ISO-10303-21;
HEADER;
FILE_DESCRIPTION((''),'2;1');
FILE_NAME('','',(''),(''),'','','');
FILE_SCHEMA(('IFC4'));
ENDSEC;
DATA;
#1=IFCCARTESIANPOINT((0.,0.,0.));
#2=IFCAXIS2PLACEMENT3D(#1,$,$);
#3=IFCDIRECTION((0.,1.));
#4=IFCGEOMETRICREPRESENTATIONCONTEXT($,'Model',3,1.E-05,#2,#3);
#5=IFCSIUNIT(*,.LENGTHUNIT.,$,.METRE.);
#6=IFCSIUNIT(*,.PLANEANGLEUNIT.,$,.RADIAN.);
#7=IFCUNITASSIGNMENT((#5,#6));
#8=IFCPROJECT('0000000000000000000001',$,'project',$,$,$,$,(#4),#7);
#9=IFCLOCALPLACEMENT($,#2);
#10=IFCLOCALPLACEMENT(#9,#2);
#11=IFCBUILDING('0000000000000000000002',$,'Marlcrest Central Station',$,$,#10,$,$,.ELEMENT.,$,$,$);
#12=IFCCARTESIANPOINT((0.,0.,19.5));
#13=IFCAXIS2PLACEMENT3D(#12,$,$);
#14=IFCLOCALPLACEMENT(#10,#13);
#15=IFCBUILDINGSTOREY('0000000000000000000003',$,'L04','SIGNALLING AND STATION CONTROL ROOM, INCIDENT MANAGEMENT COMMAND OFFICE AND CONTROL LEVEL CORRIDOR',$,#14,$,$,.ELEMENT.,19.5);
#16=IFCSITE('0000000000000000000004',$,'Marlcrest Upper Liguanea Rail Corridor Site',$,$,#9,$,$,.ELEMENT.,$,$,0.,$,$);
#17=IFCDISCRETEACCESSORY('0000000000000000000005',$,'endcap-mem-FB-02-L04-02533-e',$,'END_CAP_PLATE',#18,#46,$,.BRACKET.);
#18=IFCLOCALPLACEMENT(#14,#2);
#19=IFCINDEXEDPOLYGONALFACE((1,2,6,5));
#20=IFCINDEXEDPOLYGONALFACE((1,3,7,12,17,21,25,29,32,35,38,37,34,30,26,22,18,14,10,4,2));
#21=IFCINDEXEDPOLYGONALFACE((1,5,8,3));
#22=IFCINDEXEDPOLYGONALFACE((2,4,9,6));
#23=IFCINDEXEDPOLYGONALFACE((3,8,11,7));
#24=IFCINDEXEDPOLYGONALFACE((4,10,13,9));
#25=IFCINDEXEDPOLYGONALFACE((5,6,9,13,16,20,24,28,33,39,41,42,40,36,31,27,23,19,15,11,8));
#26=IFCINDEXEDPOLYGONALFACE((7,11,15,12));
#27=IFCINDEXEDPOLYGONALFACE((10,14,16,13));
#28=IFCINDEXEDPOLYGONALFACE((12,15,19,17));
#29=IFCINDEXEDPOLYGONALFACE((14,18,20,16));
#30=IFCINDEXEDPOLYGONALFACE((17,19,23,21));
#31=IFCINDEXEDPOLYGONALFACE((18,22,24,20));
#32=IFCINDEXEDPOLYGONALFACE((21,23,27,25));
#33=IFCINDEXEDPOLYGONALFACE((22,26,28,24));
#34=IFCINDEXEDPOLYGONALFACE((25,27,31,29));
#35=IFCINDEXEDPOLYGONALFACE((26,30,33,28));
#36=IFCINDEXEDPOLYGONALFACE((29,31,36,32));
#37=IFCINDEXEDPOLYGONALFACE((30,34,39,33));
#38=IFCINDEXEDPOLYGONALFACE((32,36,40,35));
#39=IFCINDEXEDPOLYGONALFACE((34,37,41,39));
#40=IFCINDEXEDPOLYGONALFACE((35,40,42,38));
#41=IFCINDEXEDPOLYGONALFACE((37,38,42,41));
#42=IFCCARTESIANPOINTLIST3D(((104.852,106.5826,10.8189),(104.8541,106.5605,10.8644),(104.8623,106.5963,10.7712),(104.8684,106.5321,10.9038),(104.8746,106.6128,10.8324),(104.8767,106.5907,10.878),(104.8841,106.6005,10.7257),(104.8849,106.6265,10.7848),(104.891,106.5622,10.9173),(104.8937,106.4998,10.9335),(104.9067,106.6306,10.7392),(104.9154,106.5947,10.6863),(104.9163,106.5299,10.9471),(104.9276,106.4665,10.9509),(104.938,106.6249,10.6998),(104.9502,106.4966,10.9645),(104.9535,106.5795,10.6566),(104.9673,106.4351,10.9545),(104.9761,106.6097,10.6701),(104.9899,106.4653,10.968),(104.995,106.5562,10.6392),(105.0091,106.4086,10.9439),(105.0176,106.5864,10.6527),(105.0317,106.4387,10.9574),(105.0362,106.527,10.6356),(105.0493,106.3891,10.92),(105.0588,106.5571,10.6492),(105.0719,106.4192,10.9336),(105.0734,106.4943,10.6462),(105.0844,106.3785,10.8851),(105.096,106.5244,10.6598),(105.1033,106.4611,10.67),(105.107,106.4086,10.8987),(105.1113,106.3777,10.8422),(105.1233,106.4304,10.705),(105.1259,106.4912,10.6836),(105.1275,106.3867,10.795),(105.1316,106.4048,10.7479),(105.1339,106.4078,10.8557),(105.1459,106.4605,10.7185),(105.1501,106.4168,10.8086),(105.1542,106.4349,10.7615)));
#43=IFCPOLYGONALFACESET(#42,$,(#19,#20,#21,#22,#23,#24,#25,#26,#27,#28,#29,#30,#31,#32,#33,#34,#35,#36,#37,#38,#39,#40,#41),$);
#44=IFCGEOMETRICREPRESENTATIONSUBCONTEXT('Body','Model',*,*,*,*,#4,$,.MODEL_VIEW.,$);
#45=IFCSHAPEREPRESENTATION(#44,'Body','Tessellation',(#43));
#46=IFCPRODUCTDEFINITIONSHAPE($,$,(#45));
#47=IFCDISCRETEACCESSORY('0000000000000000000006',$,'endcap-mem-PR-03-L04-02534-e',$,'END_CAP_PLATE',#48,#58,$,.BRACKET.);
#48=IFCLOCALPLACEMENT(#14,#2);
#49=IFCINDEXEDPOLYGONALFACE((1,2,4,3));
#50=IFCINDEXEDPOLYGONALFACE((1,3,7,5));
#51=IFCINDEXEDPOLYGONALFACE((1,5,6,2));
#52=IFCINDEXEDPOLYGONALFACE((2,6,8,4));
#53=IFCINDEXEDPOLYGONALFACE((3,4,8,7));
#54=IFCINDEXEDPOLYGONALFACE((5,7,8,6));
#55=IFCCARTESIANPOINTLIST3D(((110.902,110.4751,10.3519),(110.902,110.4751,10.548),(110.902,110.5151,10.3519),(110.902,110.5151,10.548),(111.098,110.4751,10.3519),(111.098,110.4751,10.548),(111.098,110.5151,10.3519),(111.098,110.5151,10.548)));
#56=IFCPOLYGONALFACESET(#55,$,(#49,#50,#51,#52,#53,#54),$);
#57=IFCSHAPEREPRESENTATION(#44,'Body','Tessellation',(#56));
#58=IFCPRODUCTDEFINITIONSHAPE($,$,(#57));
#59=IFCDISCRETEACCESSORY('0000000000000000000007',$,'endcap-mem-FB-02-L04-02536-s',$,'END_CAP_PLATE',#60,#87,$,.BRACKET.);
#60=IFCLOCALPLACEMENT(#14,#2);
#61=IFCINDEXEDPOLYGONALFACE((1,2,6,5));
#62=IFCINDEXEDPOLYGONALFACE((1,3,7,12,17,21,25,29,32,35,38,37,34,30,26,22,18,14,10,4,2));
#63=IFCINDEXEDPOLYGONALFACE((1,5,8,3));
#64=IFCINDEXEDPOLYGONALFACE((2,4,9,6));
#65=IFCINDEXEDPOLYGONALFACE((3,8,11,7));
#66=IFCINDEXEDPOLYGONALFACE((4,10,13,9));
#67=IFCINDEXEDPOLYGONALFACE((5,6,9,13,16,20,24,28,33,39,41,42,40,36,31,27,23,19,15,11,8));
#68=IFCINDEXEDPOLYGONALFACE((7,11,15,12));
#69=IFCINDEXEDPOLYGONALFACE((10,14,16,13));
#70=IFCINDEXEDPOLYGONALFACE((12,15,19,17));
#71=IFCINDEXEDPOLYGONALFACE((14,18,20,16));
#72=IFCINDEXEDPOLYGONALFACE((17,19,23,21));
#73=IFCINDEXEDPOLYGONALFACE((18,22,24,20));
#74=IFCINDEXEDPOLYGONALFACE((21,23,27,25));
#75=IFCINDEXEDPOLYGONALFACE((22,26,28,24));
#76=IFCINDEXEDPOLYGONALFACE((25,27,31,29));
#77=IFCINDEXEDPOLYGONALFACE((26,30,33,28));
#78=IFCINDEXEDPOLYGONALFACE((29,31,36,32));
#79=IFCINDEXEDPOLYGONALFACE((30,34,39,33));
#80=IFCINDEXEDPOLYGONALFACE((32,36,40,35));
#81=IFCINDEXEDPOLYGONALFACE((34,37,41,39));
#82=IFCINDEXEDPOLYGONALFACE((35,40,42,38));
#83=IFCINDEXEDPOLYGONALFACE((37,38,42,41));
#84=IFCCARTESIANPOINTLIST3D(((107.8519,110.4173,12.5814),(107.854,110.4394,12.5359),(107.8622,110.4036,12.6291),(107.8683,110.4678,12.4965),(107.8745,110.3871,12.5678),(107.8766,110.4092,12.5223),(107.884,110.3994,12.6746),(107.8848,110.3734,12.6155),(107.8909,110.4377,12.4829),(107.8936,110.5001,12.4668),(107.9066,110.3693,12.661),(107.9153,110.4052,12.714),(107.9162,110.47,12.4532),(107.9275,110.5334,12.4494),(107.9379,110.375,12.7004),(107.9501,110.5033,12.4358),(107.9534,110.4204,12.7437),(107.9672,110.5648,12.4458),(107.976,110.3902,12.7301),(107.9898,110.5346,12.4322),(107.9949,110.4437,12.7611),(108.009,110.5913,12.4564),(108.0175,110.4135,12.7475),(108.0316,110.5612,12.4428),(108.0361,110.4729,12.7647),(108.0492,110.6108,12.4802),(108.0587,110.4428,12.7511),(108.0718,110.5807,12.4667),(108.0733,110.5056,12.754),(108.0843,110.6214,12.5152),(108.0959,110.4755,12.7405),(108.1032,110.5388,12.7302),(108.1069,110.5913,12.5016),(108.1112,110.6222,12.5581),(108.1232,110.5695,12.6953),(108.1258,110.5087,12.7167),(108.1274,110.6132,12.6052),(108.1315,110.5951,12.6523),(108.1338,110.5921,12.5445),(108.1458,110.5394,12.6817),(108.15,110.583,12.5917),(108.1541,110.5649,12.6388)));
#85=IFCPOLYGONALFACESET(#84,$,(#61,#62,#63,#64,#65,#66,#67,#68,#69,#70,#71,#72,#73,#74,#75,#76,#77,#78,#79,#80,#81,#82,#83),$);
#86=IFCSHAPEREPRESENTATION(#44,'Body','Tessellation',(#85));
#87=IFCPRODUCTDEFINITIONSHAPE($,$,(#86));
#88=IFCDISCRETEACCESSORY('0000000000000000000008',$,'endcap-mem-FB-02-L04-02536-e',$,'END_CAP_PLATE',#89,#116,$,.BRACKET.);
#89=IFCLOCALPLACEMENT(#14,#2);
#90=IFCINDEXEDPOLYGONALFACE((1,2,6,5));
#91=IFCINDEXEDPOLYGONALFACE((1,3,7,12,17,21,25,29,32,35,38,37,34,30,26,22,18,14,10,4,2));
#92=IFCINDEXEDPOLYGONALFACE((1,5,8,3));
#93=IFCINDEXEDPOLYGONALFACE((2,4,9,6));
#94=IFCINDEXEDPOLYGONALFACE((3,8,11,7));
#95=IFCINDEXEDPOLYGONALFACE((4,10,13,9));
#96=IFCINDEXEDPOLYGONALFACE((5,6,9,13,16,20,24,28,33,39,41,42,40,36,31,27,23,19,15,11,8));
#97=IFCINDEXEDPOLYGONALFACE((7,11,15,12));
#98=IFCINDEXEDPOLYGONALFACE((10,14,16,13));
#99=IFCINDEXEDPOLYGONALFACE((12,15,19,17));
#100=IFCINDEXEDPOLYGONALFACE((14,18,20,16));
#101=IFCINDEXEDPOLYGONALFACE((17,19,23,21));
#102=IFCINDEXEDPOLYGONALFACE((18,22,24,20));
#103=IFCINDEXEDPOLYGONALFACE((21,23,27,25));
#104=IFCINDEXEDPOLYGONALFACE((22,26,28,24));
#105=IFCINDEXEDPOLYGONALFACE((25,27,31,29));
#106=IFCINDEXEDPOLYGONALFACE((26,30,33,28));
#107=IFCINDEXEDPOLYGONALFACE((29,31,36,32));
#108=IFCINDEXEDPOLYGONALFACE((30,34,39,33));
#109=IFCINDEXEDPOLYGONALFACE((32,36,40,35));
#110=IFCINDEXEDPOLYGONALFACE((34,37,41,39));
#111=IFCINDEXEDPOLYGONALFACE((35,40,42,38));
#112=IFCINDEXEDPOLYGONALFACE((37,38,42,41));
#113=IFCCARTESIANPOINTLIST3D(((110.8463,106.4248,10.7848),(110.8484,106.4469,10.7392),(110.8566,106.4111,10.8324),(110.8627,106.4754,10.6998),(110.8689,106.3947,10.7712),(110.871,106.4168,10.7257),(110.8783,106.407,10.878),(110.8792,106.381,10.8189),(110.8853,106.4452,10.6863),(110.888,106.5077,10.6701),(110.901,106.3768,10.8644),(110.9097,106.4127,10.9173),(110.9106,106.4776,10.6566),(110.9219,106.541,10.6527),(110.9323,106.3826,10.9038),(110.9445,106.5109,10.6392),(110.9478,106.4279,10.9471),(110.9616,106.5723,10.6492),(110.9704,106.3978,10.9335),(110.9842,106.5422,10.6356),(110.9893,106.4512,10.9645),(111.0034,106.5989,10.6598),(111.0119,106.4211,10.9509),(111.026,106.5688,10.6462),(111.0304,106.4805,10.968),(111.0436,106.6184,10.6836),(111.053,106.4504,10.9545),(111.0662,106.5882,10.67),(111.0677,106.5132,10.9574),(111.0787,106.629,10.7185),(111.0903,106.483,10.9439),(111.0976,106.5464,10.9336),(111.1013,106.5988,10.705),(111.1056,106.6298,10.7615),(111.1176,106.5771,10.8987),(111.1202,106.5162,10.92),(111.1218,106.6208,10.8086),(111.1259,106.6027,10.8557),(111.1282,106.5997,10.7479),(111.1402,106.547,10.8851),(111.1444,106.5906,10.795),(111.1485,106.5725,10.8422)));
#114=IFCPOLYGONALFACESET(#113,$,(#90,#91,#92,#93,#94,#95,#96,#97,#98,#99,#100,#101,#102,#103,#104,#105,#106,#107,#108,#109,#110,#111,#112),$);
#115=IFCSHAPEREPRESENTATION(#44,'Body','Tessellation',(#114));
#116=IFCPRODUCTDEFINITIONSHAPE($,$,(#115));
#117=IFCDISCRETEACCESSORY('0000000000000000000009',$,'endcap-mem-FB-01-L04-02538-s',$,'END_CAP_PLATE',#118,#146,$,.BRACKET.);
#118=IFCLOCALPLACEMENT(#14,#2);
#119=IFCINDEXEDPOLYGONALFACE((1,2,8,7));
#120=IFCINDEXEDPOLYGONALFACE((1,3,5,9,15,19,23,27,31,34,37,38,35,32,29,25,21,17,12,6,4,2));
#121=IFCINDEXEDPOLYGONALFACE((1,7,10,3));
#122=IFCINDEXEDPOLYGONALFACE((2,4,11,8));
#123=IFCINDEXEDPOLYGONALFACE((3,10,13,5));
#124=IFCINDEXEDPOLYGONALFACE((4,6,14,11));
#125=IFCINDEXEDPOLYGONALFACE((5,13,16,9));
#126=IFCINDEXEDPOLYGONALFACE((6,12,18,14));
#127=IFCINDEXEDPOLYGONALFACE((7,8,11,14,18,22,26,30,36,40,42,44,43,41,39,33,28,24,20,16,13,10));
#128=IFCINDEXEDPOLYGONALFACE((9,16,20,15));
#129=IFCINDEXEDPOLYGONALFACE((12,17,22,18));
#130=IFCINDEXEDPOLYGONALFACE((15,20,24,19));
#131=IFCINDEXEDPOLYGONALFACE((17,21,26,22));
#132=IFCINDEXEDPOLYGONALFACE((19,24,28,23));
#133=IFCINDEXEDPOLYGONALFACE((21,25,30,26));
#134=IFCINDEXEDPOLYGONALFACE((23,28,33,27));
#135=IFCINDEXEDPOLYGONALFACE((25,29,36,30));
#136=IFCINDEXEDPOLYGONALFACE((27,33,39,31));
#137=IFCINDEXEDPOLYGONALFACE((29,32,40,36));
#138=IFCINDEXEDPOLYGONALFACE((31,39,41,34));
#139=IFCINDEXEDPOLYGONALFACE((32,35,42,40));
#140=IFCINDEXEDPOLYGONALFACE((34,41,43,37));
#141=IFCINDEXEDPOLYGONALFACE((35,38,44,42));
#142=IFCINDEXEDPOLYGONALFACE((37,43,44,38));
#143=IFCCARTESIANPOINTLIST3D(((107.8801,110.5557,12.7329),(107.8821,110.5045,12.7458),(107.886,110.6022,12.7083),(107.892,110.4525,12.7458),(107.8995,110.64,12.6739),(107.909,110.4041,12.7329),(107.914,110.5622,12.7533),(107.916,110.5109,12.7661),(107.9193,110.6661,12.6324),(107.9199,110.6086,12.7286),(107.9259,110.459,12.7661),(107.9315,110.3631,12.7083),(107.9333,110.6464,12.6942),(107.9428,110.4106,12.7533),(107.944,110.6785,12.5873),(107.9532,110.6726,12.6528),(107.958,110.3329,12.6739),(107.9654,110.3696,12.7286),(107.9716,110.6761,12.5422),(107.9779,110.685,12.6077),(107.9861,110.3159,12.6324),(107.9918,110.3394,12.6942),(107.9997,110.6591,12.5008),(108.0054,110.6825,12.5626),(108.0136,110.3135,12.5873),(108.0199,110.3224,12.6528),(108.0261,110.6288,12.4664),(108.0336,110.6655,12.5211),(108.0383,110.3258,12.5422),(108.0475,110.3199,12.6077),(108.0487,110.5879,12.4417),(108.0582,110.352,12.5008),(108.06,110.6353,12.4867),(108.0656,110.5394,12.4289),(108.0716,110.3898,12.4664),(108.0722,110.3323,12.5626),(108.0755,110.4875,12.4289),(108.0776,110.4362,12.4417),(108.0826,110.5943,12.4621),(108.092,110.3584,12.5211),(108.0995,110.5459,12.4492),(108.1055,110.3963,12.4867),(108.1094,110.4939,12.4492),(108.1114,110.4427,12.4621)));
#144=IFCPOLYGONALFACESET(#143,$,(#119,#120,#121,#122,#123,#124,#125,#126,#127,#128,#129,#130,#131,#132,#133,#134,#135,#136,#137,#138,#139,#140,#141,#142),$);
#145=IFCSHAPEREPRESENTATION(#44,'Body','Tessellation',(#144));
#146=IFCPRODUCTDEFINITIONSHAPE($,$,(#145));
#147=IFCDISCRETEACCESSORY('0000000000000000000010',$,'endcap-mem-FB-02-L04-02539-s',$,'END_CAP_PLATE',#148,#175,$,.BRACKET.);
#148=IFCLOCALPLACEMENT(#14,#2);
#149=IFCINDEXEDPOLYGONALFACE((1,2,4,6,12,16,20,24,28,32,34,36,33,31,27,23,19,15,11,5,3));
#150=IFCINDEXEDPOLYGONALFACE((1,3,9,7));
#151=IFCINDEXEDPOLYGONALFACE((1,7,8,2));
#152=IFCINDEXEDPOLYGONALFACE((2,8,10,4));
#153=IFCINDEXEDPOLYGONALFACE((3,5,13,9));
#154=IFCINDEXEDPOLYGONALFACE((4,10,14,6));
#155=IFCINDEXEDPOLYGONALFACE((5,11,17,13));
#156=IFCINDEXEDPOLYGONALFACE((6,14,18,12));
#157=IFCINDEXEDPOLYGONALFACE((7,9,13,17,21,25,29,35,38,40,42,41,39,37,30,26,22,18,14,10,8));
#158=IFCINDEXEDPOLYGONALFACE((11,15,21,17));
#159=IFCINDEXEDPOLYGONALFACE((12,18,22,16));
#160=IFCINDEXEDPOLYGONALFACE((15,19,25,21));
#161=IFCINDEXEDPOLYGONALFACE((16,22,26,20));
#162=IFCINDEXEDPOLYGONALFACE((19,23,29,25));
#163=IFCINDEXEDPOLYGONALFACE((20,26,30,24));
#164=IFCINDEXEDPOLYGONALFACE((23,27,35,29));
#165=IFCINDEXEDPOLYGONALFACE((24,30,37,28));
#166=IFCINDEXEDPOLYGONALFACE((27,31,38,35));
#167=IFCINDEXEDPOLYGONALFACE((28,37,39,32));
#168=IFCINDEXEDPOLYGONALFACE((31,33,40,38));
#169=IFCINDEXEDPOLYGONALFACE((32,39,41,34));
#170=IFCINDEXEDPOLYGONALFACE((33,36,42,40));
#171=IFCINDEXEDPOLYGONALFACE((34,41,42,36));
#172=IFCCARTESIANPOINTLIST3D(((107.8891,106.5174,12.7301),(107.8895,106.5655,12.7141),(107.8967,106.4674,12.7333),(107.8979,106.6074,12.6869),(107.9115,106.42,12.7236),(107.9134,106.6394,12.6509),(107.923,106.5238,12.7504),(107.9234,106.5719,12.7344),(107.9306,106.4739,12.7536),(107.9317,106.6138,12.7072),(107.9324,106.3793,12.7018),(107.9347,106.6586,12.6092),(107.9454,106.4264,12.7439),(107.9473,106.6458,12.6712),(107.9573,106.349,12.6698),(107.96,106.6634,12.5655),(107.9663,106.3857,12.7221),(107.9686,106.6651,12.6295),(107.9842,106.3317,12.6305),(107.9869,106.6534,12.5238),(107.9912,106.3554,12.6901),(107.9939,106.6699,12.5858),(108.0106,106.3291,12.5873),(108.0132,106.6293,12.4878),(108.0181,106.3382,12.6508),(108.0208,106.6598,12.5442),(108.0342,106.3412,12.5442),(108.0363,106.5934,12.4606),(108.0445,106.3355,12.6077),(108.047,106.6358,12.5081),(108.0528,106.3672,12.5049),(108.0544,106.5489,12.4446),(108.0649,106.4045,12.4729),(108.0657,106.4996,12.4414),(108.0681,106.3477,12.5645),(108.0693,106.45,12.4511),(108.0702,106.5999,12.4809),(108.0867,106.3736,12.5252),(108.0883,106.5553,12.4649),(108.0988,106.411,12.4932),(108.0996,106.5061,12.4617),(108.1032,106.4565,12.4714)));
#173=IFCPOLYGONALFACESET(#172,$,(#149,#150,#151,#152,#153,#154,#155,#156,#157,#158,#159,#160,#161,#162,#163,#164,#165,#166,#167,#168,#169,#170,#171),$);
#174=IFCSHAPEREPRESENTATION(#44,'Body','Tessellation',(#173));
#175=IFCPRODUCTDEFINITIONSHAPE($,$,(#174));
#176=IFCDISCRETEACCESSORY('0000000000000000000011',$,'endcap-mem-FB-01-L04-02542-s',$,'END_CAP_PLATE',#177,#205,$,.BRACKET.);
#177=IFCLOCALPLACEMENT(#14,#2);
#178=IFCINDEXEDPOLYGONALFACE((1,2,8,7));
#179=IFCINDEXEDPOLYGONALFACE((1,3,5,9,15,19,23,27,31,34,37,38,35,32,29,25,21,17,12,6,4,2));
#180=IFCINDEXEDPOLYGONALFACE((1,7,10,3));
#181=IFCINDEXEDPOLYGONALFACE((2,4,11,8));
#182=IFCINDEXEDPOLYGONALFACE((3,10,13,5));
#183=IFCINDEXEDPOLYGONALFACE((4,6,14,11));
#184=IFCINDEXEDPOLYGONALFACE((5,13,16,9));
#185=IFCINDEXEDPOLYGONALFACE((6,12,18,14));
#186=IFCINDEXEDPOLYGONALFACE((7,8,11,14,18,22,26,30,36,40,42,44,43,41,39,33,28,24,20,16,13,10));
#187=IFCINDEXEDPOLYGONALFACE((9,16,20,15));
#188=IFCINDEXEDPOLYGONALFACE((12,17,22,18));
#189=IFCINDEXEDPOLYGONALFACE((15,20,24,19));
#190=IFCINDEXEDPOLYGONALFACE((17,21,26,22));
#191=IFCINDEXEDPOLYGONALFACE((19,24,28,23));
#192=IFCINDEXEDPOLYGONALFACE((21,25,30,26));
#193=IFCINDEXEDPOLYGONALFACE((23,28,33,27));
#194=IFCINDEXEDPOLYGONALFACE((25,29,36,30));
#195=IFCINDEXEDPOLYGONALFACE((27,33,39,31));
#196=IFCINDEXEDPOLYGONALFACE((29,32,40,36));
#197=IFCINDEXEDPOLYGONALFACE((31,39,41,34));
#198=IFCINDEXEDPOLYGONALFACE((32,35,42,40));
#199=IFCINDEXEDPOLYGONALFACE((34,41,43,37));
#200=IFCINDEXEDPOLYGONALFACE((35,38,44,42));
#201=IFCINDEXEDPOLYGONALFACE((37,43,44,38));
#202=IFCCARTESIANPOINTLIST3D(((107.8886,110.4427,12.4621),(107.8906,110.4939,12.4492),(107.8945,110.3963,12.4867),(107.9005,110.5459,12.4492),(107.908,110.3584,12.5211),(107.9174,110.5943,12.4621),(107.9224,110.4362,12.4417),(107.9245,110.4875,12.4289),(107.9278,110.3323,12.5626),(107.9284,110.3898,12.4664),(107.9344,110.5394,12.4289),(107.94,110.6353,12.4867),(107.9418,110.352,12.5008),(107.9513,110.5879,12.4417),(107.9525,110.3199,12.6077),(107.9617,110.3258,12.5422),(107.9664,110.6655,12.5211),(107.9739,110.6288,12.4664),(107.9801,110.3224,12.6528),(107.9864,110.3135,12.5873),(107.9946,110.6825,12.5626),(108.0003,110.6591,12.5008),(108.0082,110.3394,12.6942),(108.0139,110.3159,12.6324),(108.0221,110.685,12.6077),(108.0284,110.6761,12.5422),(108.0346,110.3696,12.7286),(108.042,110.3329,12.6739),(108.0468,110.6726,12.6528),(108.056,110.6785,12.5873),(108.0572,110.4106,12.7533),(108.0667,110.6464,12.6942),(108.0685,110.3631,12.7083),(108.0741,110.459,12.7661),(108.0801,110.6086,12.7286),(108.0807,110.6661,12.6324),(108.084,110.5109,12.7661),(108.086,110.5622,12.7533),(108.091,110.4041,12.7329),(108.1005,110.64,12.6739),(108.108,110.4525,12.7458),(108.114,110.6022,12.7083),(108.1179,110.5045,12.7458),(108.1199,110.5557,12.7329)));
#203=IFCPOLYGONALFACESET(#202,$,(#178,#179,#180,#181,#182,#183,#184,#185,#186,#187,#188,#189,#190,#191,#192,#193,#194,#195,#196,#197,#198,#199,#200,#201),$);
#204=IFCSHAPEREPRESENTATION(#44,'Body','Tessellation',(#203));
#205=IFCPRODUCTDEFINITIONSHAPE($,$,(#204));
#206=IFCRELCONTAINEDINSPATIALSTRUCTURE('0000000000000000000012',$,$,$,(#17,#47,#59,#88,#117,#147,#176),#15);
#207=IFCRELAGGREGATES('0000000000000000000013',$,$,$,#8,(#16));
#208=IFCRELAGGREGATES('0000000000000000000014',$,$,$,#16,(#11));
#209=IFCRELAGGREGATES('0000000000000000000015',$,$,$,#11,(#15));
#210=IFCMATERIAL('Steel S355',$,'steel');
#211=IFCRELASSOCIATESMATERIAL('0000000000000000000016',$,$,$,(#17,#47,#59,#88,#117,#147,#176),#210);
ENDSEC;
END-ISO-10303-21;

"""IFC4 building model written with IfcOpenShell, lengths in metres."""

from ifc_helpers import new_model, si_unit, direction, frame, origin, origin_2d, place, context, subcontext, project, spatial, rectangle, circle, extrude, material, element, save


model = new_model("IFC4")

# Units and contexts
model_context = context("Model", 3, precision=1e-05, world=origin(), true_north=direction((0.0, 1.0)))
body_context = subcontext(model_context, "Body", "Model", "MODEL_VIEW")
ifc_project = project(units=[si_unit("LENGTHUNIT", "METRE"), si_unit("PLANEANGLEUNIT", "RADIAN")], contexts=[model_context])

# Site, building, storey
site_placement = place(None, origin())
site = spatial("IfcSite", under=ifc_project, at=site_placement, Name="Marlcrest Upper Liguanea Rail Corridor Site", CompositionType="ELEMENT", RefElevation=0.0)
building_placement = place(site_placement, origin())
building = spatial("IfcBuilding", under=site, at=building_placement, Name="Marlcrest Central Station", CompositionType="ELEMENT")
storey_placement = place(building_placement, frame((0.0, 0.0, 19.5)))
storey = spatial("IfcBuildingStorey", under=building, at=storey_placement, Name="L04", Description="SIGNALLING AND STATION CONTROL ROOM, INCIDENT MANAGEMENT COMMAND OFFICE AND CONTROL LEVEL CORRIDOR", CompositionType="ELEMENT", Elevation=19.5)

# Discrete accessories
ifc_material_1 = material(Name="Steel S355", Category="steel")
for number, where, z_axis, x_axis, name in (
    (1, (105.0142, 106.5188, 10.8086), (-0.564531, -0.752708, -0.338728), (0.8, -0.6, 0.0), "endcap-mem-FB-02-L04-02533-e"),
):
    element("IfcDiscreteAccessory", number, at=place(storey_placement, frame(where, z_axis=z_axis, x_axis=x_axis)), inside=storey, material=ifc_material_1, Name=name, ObjectType="END_CAP_PLATE", PredefinedType="BRACKET", context=body_context, shape_type="SweptSolid", body=[
        extrude(circle(Radius=0.1699, at=origin_2d()), origin(), (0.0, 0.0, 1.0), 0.04),
    ])
discrete_accessory_1_placement = place(storey_placement, frame((111.0, 110.4751, 10.45), z_axis=(0.0, 1.0, 0.0), x_axis=(-1.0, 0.0, 0.0)))
element("IfcDiscreteAccessory", 2, at=discrete_accessory_1_placement, inside=storey, material=ifc_material_1, Name="endcap-mem-PR-03-L04-02534-e", ObjectType="END_CAP_PLATE", PredefinedType="BRACKET", context=body_context, shape_type="SweptSolid", body=[
    extrude(rectangle(XDim=0.196, YDim=0.196, at=origin_2d()), origin(), (0.0, 0.0, 1.0), 0.04),
])
for number, where, z_axis, x_axis, name in (
    (3, (107.9915, 110.5112, 12.6052), (0.564531, -0.752708, -0.338728), (0.8, 0.6, 0.0), "endcap-mem-FB-02-L04-02536-s"),
    (4, (110.9858, 106.5188, 10.8086), (0.564531, -0.752708, -0.338728), (0.8, 0.6, 0.0), "endcap-mem-FB-02-L04-02536-e"),
):
    element("IfcDiscreteAccessory", number, at=place(storey_placement, frame(where, z_axis=z_axis, x_axis=x_axis)), inside=storey, material=ifc_material_1, Name=name, ObjectType="END_CAP_PLATE", PredefinedType="BRACKET", context=body_context, shape_type="SweptSolid", body=[
        extrude(circle(Radius=0.1699, at=origin_2d()), origin(), (0.0, 0.0, 1.0), 0.04),
    ])
discrete_accessory_2_placement = place(storey_placement, frame((108.0127, 110.5024, 12.6077), z_axis=(-0.846277, -0.161196, -0.50777), x_axis=(0.187112, -0.982339, 0.0)))
element("IfcDiscreteAccessory", 5, at=discrete_accessory_2_placement, inside=storey, material=ifc_material_1, Name="endcap-mem-FB-01-L04-02538-s", ObjectType="END_CAP_PLATE", PredefinedType="BRACKET", context=body_context, shape_type="SweptSolid", body=[
    extrude(circle(Radius=0.1858, at=origin_2d()), origin(), (0.0, 0.0, 1.0), 0.04),
])
discrete_accessory_3_placement = place(storey_placement, frame((108.0127, 106.5024, 12.6077), z_axis=(-0.846277, -0.161196, -0.50777), x_axis=(0.187112, -0.982339, 0.0)))
element("IfcDiscreteAccessory", 6, at=discrete_accessory_3_placement, inside=storey, material=ifc_material_1, Name="endcap-mem-FB-02-L04-02539-s", ObjectType="END_CAP_PLATE", PredefinedType="BRACKET", context=body_context, shape_type="SweptSolid", body=[
    extrude(circle(Radius=0.1699, at=origin_2d()), origin(), (0.0, 0.0, 1.0), 0.04),
])
for number, where, z_axis, x_axis, name in (
    (7, (107.9873, 110.5024, 12.6077), (0.846277, -0.161196, -0.50777), (0.187112, 0.982339, 0.0), "endcap-mem-FB-01-L04-02542-s"),
):
    element("IfcDiscreteAccessory", number, at=place(storey_placement, frame(where, z_axis=z_axis, x_axis=x_axis)), inside=storey, material=ifc_material_1, Name=name, ObjectType="END_CAP_PLATE", PredefinedType="BRACKET", context=body_context, shape_type="SweptSolid", body=[
        extrude(circle(Radius=0.1858, at=origin_2d()), origin(), (0.0, 0.0, 1.0), 0.04),
    ])

save(model, "model.ifc")
